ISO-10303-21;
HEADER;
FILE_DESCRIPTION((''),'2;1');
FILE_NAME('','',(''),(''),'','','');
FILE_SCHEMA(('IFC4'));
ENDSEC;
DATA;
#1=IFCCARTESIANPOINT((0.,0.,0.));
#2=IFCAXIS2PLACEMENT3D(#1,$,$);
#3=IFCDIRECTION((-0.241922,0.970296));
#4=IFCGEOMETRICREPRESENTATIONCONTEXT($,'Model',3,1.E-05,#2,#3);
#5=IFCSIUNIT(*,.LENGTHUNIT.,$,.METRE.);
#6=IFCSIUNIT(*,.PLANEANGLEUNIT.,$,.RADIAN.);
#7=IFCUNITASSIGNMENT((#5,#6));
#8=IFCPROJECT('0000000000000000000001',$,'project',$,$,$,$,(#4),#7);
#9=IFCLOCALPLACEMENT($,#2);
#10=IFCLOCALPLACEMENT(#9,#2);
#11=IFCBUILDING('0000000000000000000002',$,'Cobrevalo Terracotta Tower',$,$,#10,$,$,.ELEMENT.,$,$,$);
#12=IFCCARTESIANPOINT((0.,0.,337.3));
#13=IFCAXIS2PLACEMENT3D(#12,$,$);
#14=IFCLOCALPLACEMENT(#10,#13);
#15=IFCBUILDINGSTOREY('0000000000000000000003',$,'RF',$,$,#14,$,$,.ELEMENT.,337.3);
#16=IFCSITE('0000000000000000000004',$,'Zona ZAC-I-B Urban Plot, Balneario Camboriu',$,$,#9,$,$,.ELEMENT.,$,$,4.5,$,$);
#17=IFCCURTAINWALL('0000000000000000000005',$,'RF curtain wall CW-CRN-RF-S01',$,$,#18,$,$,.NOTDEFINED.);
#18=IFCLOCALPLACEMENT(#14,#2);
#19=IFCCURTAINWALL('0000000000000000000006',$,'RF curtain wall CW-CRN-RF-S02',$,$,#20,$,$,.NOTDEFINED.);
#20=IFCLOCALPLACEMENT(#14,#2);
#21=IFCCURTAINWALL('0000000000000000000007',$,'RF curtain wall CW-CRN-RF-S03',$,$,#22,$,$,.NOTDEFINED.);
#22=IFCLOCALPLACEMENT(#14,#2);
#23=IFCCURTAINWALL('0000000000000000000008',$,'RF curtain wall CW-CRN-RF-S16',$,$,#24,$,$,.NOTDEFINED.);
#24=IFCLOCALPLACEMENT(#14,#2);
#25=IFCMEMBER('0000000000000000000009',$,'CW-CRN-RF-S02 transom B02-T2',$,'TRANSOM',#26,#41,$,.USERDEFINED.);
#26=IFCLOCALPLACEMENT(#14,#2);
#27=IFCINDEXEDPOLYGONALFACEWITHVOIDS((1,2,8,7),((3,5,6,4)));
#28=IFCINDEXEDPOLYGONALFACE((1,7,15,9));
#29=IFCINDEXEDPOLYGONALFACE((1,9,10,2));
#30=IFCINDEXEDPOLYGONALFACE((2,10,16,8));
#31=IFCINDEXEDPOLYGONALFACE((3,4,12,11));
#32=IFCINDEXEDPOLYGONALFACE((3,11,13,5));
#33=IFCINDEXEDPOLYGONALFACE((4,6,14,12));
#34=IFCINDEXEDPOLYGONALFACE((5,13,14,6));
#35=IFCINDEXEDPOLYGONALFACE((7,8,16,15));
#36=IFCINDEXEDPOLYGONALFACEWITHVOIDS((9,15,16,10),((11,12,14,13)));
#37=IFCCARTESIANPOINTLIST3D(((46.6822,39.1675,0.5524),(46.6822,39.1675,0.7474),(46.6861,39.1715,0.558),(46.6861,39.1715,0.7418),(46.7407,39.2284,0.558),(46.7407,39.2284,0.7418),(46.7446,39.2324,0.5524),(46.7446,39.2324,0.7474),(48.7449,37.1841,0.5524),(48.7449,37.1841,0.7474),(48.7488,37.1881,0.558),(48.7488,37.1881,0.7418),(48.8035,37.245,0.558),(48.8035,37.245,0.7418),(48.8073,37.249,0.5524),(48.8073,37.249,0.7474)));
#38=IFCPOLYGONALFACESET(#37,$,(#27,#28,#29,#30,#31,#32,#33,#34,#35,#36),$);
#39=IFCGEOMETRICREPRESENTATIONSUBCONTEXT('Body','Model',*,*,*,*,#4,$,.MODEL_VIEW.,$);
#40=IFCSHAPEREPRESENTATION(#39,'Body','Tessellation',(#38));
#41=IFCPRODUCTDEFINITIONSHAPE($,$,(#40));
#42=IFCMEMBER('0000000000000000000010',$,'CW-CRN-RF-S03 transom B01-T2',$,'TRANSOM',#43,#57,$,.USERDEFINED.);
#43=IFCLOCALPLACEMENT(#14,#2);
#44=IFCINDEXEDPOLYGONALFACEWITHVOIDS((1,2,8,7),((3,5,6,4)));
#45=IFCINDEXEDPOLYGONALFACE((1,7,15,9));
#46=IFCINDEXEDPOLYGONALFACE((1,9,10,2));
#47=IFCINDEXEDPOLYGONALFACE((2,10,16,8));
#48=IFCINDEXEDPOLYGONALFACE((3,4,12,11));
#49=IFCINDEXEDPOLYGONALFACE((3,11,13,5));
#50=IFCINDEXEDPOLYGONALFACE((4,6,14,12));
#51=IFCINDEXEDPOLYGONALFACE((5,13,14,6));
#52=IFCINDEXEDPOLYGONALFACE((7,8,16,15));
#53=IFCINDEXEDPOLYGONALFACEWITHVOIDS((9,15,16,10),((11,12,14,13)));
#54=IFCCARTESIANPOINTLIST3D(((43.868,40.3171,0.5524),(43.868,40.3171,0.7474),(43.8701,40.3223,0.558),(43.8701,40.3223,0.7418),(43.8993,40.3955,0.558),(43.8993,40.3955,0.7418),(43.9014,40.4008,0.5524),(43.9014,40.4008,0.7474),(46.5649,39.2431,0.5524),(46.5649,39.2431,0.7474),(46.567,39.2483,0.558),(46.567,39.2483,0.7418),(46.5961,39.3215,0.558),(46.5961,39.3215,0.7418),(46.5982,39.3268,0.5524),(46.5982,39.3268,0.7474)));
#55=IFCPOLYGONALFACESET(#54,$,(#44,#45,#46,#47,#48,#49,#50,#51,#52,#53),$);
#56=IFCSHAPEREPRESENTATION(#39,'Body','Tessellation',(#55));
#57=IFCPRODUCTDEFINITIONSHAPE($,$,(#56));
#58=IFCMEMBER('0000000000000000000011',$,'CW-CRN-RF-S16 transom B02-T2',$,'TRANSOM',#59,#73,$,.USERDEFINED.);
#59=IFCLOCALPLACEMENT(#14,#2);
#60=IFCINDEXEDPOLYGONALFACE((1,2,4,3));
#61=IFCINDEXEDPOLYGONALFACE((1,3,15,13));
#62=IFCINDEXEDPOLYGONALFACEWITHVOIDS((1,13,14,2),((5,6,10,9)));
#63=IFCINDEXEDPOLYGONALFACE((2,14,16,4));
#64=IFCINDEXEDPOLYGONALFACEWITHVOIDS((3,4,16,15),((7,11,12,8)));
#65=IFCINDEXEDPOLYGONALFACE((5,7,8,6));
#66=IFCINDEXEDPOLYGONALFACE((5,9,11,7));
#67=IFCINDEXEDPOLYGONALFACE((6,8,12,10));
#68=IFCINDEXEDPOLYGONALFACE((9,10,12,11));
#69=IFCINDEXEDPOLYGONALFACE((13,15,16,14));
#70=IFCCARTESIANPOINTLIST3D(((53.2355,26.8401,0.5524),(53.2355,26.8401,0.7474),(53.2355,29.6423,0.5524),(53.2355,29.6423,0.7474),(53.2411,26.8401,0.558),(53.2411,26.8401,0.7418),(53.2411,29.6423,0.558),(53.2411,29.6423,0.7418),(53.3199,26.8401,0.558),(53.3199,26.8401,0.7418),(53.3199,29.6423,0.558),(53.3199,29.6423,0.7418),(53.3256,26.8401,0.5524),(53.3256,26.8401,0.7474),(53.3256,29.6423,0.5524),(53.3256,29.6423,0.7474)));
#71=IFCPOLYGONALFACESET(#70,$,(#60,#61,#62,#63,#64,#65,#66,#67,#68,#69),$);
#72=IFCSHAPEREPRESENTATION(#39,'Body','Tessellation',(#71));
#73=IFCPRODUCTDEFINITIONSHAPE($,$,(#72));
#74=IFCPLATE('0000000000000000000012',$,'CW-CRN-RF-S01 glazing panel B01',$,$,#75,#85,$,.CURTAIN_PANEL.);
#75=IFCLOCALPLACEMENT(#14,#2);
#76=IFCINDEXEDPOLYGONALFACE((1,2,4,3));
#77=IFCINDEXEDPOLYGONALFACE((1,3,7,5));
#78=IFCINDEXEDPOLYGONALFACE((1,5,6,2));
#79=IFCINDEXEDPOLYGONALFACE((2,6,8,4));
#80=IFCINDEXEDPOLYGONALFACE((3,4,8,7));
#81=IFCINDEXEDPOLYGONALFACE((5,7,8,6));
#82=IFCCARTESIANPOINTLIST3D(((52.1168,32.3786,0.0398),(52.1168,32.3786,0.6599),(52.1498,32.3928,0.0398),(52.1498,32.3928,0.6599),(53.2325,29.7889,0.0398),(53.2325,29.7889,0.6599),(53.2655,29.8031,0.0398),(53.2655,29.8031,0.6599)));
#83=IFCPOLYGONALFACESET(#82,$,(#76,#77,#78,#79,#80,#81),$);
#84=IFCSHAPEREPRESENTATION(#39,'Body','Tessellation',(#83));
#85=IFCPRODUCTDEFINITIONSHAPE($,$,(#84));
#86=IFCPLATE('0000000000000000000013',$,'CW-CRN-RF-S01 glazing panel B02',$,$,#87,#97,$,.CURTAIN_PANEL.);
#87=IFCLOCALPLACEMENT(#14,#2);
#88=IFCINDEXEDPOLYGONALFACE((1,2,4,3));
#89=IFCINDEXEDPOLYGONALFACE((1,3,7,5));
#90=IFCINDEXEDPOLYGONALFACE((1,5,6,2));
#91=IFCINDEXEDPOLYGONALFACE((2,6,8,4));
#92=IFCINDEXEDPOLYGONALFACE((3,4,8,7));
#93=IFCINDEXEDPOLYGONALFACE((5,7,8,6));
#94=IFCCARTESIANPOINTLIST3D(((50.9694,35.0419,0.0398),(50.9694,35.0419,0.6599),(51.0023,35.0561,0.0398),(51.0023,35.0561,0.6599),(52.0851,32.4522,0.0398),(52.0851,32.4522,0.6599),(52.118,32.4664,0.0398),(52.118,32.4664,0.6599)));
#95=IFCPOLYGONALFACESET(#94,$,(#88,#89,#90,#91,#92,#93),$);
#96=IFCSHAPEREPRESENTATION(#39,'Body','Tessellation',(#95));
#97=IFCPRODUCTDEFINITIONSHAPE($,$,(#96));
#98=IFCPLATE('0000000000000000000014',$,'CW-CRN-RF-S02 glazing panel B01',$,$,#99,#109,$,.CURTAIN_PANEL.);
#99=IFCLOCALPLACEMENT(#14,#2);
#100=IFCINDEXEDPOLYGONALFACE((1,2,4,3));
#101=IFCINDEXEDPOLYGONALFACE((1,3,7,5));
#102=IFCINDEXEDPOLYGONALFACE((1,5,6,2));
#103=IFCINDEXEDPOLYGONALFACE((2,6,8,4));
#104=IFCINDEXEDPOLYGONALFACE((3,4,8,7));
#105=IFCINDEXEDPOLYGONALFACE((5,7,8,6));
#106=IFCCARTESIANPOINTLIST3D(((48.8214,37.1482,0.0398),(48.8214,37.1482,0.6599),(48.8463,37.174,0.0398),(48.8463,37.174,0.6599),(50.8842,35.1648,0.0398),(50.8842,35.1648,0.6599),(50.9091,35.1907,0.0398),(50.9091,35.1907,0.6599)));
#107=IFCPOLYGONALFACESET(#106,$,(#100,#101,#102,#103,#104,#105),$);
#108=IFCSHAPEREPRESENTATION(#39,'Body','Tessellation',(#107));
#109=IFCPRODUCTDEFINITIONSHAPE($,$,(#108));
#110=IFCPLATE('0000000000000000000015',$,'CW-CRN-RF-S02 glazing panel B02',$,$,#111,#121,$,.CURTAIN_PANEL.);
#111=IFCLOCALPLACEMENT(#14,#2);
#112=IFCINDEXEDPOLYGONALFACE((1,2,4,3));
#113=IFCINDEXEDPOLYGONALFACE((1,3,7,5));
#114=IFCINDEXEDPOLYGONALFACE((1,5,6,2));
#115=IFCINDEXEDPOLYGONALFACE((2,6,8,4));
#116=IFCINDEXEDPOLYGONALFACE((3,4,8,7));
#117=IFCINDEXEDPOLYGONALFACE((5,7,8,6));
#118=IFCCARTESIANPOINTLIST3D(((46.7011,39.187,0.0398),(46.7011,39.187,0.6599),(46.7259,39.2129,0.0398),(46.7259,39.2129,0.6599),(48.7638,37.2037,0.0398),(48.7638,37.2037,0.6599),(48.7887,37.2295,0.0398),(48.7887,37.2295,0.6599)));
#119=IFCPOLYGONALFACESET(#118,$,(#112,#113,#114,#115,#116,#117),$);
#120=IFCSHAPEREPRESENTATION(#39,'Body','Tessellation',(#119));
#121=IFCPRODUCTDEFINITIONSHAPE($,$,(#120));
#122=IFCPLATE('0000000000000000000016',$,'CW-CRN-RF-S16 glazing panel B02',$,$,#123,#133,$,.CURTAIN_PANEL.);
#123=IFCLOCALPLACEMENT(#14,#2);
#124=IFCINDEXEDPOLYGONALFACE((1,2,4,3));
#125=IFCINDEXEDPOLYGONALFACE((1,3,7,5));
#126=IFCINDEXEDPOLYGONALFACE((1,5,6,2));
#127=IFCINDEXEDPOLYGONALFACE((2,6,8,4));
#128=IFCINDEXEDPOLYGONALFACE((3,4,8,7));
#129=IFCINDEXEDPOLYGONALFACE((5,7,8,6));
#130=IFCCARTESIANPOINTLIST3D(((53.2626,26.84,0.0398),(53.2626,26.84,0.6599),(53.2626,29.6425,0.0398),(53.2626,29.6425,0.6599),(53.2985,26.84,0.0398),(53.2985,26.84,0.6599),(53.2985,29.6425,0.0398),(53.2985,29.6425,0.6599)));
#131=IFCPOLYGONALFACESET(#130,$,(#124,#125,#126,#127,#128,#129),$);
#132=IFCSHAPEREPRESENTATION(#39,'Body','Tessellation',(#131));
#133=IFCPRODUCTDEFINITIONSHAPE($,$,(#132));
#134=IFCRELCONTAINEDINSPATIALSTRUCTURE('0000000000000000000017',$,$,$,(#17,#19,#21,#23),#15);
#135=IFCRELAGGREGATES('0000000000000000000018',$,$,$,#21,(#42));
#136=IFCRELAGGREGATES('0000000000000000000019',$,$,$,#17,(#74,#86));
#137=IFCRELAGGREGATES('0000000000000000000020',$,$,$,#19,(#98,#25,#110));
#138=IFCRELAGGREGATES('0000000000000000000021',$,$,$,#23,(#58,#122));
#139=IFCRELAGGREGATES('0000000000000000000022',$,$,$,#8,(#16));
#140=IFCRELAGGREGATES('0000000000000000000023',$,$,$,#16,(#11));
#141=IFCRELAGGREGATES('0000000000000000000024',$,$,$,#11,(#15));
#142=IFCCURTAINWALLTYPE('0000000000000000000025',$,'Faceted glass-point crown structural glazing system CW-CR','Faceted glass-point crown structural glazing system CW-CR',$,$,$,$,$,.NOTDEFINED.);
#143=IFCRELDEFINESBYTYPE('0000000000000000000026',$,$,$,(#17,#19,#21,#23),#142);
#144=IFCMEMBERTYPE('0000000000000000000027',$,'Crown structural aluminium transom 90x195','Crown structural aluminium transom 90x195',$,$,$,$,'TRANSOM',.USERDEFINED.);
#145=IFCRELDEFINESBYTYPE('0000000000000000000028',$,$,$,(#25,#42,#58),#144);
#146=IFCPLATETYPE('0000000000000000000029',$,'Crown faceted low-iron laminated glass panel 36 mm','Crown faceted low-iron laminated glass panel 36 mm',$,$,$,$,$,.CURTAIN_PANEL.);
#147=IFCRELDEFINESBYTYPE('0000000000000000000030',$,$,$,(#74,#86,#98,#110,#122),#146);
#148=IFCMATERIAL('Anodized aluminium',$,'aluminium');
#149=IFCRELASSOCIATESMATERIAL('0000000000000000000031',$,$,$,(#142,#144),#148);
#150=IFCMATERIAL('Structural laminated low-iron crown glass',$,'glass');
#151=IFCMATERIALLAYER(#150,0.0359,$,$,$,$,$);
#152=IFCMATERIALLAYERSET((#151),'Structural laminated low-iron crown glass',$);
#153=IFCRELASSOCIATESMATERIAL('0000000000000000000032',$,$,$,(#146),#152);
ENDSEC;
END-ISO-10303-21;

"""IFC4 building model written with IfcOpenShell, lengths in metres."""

from ifc_helpers import new_model, si_unit, direction, frame, origin, origin_2d, place, context, subcontext, project, spatial, rectangle, hollow_rectangle, extrude, source, transform, mapped, material, layer, layer_set, material_profile, profile_set, type_object, element, aggregate, save


model = new_model("IFC4")

# Units and contexts
model_context = context("Model", 3, precision=1e-05, world=origin(), true_north=direction((-0.241922, 0.970296)))
body_context = subcontext(model_context, "Body", "Model", "MODEL_VIEW")
ifc_project = project(units=[si_unit("LENGTHUNIT", "METRE"), si_unit("PLANEANGLEUNIT", "RADIAN")], contexts=[model_context])

# Site, building, storey
site_placement = place(None, origin())
site = spatial("IfcSite", under=ifc_project, at=site_placement, Name="Zona ZAC-I-B Urban Plot, Balneario Camboriu", CompositionType="ELEMENT", RefElevation=4.5)
building_placement = place(site_placement, origin())
building = spatial("IfcBuilding", under=site, at=building_placement, Name="Cobrevalo Terracotta Tower", CompositionType="ELEMENT")
storey_placement = place(building_placement, frame((0.0, 0.0, 337.3)))
storey = spatial("IfcBuildingStorey", under=building, at=storey_placement, Name="RF", CompositionType="ELEMENT", Elevation=337.3)

# Curtain walls
ifc_material_1 = material(Name="Anodized aluminium", Category="aluminium")
curtain_wall_type = type_object("IfcCurtainWallType", Name="Faceted glass-point crown structural glazing system CW-CR", Description="Faceted glass-point crown structural glazing system CW-CR", PredefinedType="NOTDEFINED", material=ifc_material_1)
curtain_wall_1_placement = place(storey_placement, origin())
curtain_wall_1 = element("IfcCurtainWall", 1, at=curtain_wall_1_placement, inside=storey, type_object=curtain_wall_type, Name="RF curtain wall CW-CRN-RF-S01", PredefinedType="NOTDEFINED")
curtain_wall_2_placement = place(storey_placement, origin())
curtain_wall_2 = element("IfcCurtainWall", 2, at=curtain_wall_2_placement, inside=storey, type_object=curtain_wall_type, Name="RF curtain wall CW-CRN-RF-S02", PredefinedType="NOTDEFINED")

# Curtain walls
curtain_wall_3_placement = place(storey_placement, origin())
curtain_wall_3 = element("IfcCurtainWall", 3, at=curtain_wall_3_placement, inside=storey, type_object=curtain_wall_type, Name="RF curtain wall CW-CRN-RF-S03", PredefinedType="NOTDEFINED")
curtain_wall_4_placement = place(storey_placement, origin())
curtain_wall_4 = element("IfcCurtainWall", 4, at=curtain_wall_4_placement, inside=storey, type_object=curtain_wall_type, Name="RF curtain wall CW-CRN-RF-S16", PredefinedType="NOTDEFINED")

# Members
ifc_material_profile_1 = material_profile(ifc_material_1, hollow_rectangle(XDim=0.0901, YDim=0.1951, WallThickness=0.0056, at=origin_2d()), Name="CWT 90x195")
ifc_profile_set_1 = profile_set([ifc_material_profile_1], Name="Anodized aluminium")
member_type_1 = type_object("IfcMemberType", Name="Crown structural aluminium transom 90x195", Description="Crown structural aluminium transom 90x195", ElementType="TRANSOM", PredefinedType="USERDEFINED", material=ifc_profile_set_1)
shared_shape_1 = source(origin(), body_context, "Body", "SweptSolid", [
    extrude(hollow_rectangle(XDim=0.0901, YDim=0.1951, WallThickness=0.0056, at=origin_2d()), origin(), (0.0, 0.0, 1.0), 2.8616),
])
member_1_placement = place(storey_placement, frame((48.7761, 37.2166, 0.6499), z_axis=(-0.720835, 0.693107, 0.0), x_axis=(-0.693107, -0.720835, 0.0)))
member_1 = element("IfcMember", 5, at=member_1_placement, type_object=member_type_1, Name="CW-CRN-RF-S02 transom B02-T2", ObjectType="TRANSOM", PredefinedType="USERDEFINED", context=body_context, shape_type="MappedRepresentation", body=[
    mapped(shared_shape_1, transform((0.0, 0.0, 0.0), scale=1.0)),
])
shared_shape_2 = source(origin(), body_context, "Body", "SweptSolid", [
    extrude(hollow_rectangle(XDim=0.0901, YDim=0.1951, WallThickness=0.0056, at=origin_2d()), origin(), (0.0, 0.0, 1.0), 2.9028),
])
member_2_placement = place(storey_placement, frame((46.5815, 39.2849, 0.6499), z_axis=(-0.929038, 0.369984, 0.0), x_axis=(-0.369984, -0.929038, 0.0)))
member_2 = element("IfcMember", 6, at=member_2_placement, type_object=member_type_1, Name="CW-CRN-RF-S03 transom B01-T2", ObjectType="TRANSOM", PredefinedType="USERDEFINED", context=body_context, shape_type="MappedRepresentation", body=[
    mapped(shared_shape_2, transform((0.0, 0.0, 0.0), scale=1.0)),
])
aggregate(curtain_wall_3, [member_2])
shared_shape_3 = source(origin(), body_context, "Body", "SweptSolid", [
    extrude(hollow_rectangle(XDim=0.0901, YDim=0.1951, WallThickness=0.0056, at=origin_2d()), origin(), (0.0, 0.0, 1.0), 2.8022),
])
member_3_placement = place(storey_placement, frame((53.2805, 26.8401, 0.6499), z_axis=(0.0, 1.0, 0.0), x_axis=(-1.0, 0.0, 0.0)))
member_3 = element("IfcMember", 7, at=member_3_placement, type_object=member_type_1, Name="CW-CRN-RF-S16 transom B02-T2", ObjectType="TRANSOM", PredefinedType="USERDEFINED", context=body_context, shape_type="MappedRepresentation", body=[
    mapped(shared_shape_3, transform((0.0, 0.0, 0.0), scale=1.0)),
])

# Plates
ifc_material_2 = material(Name="Structural laminated low-iron crown glass", Category="glass")
ifc_layer = layer(ifc_material_2, 0.0359)
ifc_layer_set = layer_set([ifc_layer], Name="Structural laminated low-iron crown glass")
plate_type = type_object("IfcPlateType", Name="Crown faceted low-iron laminated glass panel 36 mm", Description="Crown faceted low-iron laminated glass panel 36 mm", PredefinedType="CURTAIN_PANEL", material=ifc_layer_set)
shared_shape_4 = source(origin(), body_context, "Body", "SweptSolid", [
    extrude(rectangle(XDim=2.8198, YDim=0.0359, at=origin_2d()), origin(), (0.0, 0.0, 1.0), 0.6201),
])
plate_1_placement = place(storey_placement, frame((52.6912, 31.0908, 0.0398), z_axis=(0.0, 0.0, 1.0), x_axis=(-0.395651, 0.918401, 0.0)))
plate_1 = element("IfcPlate", 8, at=plate_1_placement, type_object=plate_type, Name="CW-CRN-RF-S01 glazing panel B01", PredefinedType="CURTAIN_PANEL", context=body_context, shape_type="MappedRepresentation", body=[
    mapped(shared_shape_4, transform((0.0, 0.0, 0.0), scale=1.0)),
])
plate_2_placement = place(storey_placement, frame((51.5437, 33.7542, 0.0398), z_axis=(0.0, 0.0, 1.0), x_axis=(-0.395651, 0.918401, 0.0)))
plate_2 = element("IfcPlate", 9, at=plate_2_placement, type_object=plate_type, Name="CW-CRN-RF-S01 glazing panel B02", PredefinedType="CURTAIN_PANEL", context=body_context, shape_type="MappedRepresentation", body=[
    mapped(shared_shape_4, transform((0.0, 0.0, 0.0), scale=1.0)),
])
aggregate(curtain_wall_1, [plate_1, plate_2])
shared_shape_5 = source(origin(), body_context, "Body", "SweptSolid", [
    extrude(rectangle(XDim=2.8616, YDim=0.0359, at=origin_2d()), origin(), (0.0, 0.0, 1.0), 0.6201),
])
plate_3_placement = place(storey_placement, frame((49.8652, 36.1694, 0.0398), z_axis=(0.0, 0.0, 1.0), x_axis=(-0.720851, 0.69309, 0.0)))
plate_3 = element("IfcPlate", 10, at=plate_3_placement, type_object=plate_type, Name="CW-CRN-RF-S02 glazing panel B01", PredefinedType="CURTAIN_PANEL", context=body_context, shape_type="MappedRepresentation", body=[
    mapped(shared_shape_5, transform((0.0, 0.0, 0.0), scale=1.0)),
])
plate_4_placement = place(storey_placement, frame((47.7449, 38.2083, 0.0398), z_axis=(0.0, 0.0, 1.0), x_axis=(-0.720851, 0.69309, 0.0)))
plate_4 = element("IfcPlate", 11, at=plate_4_placement, type_object=plate_type, Name="CW-CRN-RF-S02 glazing panel B02", PredefinedType="CURTAIN_PANEL", context=body_context, shape_type="MappedRepresentation", body=[
    mapped(shared_shape_5, transform((0.0, 0.0, 0.0), scale=1.0)),
])
aggregate(curtain_wall_2, [plate_3, member_1, plate_4])
shared_shape_6 = source(origin(), body_context, "Body", "SweptSolid", [
    extrude(rectangle(XDim=2.8025, YDim=0.0359, at=origin_2d()), origin(), (0.0, 0.0, 1.0), 0.6201),
])
plate_5_placement = place(storey_placement, frame((53.2805, 28.2412, 0.0398), z_axis=(0.0, 0.0, 1.0), x_axis=(0.0, 1.0, 0.0)))
plate_5 = element("IfcPlate", 12, at=plate_5_placement, type_object=plate_type, Name="CW-CRN-RF-S16 glazing panel B02", PredefinedType="CURTAIN_PANEL", context=body_context, shape_type="MappedRepresentation", body=[
    mapped(shared_shape_6, transform((0.0, 0.0, 0.0), scale=1.0)),
])
aggregate(curtain_wall_4, [member_3, plate_5])

save(model, "model.ifc")
